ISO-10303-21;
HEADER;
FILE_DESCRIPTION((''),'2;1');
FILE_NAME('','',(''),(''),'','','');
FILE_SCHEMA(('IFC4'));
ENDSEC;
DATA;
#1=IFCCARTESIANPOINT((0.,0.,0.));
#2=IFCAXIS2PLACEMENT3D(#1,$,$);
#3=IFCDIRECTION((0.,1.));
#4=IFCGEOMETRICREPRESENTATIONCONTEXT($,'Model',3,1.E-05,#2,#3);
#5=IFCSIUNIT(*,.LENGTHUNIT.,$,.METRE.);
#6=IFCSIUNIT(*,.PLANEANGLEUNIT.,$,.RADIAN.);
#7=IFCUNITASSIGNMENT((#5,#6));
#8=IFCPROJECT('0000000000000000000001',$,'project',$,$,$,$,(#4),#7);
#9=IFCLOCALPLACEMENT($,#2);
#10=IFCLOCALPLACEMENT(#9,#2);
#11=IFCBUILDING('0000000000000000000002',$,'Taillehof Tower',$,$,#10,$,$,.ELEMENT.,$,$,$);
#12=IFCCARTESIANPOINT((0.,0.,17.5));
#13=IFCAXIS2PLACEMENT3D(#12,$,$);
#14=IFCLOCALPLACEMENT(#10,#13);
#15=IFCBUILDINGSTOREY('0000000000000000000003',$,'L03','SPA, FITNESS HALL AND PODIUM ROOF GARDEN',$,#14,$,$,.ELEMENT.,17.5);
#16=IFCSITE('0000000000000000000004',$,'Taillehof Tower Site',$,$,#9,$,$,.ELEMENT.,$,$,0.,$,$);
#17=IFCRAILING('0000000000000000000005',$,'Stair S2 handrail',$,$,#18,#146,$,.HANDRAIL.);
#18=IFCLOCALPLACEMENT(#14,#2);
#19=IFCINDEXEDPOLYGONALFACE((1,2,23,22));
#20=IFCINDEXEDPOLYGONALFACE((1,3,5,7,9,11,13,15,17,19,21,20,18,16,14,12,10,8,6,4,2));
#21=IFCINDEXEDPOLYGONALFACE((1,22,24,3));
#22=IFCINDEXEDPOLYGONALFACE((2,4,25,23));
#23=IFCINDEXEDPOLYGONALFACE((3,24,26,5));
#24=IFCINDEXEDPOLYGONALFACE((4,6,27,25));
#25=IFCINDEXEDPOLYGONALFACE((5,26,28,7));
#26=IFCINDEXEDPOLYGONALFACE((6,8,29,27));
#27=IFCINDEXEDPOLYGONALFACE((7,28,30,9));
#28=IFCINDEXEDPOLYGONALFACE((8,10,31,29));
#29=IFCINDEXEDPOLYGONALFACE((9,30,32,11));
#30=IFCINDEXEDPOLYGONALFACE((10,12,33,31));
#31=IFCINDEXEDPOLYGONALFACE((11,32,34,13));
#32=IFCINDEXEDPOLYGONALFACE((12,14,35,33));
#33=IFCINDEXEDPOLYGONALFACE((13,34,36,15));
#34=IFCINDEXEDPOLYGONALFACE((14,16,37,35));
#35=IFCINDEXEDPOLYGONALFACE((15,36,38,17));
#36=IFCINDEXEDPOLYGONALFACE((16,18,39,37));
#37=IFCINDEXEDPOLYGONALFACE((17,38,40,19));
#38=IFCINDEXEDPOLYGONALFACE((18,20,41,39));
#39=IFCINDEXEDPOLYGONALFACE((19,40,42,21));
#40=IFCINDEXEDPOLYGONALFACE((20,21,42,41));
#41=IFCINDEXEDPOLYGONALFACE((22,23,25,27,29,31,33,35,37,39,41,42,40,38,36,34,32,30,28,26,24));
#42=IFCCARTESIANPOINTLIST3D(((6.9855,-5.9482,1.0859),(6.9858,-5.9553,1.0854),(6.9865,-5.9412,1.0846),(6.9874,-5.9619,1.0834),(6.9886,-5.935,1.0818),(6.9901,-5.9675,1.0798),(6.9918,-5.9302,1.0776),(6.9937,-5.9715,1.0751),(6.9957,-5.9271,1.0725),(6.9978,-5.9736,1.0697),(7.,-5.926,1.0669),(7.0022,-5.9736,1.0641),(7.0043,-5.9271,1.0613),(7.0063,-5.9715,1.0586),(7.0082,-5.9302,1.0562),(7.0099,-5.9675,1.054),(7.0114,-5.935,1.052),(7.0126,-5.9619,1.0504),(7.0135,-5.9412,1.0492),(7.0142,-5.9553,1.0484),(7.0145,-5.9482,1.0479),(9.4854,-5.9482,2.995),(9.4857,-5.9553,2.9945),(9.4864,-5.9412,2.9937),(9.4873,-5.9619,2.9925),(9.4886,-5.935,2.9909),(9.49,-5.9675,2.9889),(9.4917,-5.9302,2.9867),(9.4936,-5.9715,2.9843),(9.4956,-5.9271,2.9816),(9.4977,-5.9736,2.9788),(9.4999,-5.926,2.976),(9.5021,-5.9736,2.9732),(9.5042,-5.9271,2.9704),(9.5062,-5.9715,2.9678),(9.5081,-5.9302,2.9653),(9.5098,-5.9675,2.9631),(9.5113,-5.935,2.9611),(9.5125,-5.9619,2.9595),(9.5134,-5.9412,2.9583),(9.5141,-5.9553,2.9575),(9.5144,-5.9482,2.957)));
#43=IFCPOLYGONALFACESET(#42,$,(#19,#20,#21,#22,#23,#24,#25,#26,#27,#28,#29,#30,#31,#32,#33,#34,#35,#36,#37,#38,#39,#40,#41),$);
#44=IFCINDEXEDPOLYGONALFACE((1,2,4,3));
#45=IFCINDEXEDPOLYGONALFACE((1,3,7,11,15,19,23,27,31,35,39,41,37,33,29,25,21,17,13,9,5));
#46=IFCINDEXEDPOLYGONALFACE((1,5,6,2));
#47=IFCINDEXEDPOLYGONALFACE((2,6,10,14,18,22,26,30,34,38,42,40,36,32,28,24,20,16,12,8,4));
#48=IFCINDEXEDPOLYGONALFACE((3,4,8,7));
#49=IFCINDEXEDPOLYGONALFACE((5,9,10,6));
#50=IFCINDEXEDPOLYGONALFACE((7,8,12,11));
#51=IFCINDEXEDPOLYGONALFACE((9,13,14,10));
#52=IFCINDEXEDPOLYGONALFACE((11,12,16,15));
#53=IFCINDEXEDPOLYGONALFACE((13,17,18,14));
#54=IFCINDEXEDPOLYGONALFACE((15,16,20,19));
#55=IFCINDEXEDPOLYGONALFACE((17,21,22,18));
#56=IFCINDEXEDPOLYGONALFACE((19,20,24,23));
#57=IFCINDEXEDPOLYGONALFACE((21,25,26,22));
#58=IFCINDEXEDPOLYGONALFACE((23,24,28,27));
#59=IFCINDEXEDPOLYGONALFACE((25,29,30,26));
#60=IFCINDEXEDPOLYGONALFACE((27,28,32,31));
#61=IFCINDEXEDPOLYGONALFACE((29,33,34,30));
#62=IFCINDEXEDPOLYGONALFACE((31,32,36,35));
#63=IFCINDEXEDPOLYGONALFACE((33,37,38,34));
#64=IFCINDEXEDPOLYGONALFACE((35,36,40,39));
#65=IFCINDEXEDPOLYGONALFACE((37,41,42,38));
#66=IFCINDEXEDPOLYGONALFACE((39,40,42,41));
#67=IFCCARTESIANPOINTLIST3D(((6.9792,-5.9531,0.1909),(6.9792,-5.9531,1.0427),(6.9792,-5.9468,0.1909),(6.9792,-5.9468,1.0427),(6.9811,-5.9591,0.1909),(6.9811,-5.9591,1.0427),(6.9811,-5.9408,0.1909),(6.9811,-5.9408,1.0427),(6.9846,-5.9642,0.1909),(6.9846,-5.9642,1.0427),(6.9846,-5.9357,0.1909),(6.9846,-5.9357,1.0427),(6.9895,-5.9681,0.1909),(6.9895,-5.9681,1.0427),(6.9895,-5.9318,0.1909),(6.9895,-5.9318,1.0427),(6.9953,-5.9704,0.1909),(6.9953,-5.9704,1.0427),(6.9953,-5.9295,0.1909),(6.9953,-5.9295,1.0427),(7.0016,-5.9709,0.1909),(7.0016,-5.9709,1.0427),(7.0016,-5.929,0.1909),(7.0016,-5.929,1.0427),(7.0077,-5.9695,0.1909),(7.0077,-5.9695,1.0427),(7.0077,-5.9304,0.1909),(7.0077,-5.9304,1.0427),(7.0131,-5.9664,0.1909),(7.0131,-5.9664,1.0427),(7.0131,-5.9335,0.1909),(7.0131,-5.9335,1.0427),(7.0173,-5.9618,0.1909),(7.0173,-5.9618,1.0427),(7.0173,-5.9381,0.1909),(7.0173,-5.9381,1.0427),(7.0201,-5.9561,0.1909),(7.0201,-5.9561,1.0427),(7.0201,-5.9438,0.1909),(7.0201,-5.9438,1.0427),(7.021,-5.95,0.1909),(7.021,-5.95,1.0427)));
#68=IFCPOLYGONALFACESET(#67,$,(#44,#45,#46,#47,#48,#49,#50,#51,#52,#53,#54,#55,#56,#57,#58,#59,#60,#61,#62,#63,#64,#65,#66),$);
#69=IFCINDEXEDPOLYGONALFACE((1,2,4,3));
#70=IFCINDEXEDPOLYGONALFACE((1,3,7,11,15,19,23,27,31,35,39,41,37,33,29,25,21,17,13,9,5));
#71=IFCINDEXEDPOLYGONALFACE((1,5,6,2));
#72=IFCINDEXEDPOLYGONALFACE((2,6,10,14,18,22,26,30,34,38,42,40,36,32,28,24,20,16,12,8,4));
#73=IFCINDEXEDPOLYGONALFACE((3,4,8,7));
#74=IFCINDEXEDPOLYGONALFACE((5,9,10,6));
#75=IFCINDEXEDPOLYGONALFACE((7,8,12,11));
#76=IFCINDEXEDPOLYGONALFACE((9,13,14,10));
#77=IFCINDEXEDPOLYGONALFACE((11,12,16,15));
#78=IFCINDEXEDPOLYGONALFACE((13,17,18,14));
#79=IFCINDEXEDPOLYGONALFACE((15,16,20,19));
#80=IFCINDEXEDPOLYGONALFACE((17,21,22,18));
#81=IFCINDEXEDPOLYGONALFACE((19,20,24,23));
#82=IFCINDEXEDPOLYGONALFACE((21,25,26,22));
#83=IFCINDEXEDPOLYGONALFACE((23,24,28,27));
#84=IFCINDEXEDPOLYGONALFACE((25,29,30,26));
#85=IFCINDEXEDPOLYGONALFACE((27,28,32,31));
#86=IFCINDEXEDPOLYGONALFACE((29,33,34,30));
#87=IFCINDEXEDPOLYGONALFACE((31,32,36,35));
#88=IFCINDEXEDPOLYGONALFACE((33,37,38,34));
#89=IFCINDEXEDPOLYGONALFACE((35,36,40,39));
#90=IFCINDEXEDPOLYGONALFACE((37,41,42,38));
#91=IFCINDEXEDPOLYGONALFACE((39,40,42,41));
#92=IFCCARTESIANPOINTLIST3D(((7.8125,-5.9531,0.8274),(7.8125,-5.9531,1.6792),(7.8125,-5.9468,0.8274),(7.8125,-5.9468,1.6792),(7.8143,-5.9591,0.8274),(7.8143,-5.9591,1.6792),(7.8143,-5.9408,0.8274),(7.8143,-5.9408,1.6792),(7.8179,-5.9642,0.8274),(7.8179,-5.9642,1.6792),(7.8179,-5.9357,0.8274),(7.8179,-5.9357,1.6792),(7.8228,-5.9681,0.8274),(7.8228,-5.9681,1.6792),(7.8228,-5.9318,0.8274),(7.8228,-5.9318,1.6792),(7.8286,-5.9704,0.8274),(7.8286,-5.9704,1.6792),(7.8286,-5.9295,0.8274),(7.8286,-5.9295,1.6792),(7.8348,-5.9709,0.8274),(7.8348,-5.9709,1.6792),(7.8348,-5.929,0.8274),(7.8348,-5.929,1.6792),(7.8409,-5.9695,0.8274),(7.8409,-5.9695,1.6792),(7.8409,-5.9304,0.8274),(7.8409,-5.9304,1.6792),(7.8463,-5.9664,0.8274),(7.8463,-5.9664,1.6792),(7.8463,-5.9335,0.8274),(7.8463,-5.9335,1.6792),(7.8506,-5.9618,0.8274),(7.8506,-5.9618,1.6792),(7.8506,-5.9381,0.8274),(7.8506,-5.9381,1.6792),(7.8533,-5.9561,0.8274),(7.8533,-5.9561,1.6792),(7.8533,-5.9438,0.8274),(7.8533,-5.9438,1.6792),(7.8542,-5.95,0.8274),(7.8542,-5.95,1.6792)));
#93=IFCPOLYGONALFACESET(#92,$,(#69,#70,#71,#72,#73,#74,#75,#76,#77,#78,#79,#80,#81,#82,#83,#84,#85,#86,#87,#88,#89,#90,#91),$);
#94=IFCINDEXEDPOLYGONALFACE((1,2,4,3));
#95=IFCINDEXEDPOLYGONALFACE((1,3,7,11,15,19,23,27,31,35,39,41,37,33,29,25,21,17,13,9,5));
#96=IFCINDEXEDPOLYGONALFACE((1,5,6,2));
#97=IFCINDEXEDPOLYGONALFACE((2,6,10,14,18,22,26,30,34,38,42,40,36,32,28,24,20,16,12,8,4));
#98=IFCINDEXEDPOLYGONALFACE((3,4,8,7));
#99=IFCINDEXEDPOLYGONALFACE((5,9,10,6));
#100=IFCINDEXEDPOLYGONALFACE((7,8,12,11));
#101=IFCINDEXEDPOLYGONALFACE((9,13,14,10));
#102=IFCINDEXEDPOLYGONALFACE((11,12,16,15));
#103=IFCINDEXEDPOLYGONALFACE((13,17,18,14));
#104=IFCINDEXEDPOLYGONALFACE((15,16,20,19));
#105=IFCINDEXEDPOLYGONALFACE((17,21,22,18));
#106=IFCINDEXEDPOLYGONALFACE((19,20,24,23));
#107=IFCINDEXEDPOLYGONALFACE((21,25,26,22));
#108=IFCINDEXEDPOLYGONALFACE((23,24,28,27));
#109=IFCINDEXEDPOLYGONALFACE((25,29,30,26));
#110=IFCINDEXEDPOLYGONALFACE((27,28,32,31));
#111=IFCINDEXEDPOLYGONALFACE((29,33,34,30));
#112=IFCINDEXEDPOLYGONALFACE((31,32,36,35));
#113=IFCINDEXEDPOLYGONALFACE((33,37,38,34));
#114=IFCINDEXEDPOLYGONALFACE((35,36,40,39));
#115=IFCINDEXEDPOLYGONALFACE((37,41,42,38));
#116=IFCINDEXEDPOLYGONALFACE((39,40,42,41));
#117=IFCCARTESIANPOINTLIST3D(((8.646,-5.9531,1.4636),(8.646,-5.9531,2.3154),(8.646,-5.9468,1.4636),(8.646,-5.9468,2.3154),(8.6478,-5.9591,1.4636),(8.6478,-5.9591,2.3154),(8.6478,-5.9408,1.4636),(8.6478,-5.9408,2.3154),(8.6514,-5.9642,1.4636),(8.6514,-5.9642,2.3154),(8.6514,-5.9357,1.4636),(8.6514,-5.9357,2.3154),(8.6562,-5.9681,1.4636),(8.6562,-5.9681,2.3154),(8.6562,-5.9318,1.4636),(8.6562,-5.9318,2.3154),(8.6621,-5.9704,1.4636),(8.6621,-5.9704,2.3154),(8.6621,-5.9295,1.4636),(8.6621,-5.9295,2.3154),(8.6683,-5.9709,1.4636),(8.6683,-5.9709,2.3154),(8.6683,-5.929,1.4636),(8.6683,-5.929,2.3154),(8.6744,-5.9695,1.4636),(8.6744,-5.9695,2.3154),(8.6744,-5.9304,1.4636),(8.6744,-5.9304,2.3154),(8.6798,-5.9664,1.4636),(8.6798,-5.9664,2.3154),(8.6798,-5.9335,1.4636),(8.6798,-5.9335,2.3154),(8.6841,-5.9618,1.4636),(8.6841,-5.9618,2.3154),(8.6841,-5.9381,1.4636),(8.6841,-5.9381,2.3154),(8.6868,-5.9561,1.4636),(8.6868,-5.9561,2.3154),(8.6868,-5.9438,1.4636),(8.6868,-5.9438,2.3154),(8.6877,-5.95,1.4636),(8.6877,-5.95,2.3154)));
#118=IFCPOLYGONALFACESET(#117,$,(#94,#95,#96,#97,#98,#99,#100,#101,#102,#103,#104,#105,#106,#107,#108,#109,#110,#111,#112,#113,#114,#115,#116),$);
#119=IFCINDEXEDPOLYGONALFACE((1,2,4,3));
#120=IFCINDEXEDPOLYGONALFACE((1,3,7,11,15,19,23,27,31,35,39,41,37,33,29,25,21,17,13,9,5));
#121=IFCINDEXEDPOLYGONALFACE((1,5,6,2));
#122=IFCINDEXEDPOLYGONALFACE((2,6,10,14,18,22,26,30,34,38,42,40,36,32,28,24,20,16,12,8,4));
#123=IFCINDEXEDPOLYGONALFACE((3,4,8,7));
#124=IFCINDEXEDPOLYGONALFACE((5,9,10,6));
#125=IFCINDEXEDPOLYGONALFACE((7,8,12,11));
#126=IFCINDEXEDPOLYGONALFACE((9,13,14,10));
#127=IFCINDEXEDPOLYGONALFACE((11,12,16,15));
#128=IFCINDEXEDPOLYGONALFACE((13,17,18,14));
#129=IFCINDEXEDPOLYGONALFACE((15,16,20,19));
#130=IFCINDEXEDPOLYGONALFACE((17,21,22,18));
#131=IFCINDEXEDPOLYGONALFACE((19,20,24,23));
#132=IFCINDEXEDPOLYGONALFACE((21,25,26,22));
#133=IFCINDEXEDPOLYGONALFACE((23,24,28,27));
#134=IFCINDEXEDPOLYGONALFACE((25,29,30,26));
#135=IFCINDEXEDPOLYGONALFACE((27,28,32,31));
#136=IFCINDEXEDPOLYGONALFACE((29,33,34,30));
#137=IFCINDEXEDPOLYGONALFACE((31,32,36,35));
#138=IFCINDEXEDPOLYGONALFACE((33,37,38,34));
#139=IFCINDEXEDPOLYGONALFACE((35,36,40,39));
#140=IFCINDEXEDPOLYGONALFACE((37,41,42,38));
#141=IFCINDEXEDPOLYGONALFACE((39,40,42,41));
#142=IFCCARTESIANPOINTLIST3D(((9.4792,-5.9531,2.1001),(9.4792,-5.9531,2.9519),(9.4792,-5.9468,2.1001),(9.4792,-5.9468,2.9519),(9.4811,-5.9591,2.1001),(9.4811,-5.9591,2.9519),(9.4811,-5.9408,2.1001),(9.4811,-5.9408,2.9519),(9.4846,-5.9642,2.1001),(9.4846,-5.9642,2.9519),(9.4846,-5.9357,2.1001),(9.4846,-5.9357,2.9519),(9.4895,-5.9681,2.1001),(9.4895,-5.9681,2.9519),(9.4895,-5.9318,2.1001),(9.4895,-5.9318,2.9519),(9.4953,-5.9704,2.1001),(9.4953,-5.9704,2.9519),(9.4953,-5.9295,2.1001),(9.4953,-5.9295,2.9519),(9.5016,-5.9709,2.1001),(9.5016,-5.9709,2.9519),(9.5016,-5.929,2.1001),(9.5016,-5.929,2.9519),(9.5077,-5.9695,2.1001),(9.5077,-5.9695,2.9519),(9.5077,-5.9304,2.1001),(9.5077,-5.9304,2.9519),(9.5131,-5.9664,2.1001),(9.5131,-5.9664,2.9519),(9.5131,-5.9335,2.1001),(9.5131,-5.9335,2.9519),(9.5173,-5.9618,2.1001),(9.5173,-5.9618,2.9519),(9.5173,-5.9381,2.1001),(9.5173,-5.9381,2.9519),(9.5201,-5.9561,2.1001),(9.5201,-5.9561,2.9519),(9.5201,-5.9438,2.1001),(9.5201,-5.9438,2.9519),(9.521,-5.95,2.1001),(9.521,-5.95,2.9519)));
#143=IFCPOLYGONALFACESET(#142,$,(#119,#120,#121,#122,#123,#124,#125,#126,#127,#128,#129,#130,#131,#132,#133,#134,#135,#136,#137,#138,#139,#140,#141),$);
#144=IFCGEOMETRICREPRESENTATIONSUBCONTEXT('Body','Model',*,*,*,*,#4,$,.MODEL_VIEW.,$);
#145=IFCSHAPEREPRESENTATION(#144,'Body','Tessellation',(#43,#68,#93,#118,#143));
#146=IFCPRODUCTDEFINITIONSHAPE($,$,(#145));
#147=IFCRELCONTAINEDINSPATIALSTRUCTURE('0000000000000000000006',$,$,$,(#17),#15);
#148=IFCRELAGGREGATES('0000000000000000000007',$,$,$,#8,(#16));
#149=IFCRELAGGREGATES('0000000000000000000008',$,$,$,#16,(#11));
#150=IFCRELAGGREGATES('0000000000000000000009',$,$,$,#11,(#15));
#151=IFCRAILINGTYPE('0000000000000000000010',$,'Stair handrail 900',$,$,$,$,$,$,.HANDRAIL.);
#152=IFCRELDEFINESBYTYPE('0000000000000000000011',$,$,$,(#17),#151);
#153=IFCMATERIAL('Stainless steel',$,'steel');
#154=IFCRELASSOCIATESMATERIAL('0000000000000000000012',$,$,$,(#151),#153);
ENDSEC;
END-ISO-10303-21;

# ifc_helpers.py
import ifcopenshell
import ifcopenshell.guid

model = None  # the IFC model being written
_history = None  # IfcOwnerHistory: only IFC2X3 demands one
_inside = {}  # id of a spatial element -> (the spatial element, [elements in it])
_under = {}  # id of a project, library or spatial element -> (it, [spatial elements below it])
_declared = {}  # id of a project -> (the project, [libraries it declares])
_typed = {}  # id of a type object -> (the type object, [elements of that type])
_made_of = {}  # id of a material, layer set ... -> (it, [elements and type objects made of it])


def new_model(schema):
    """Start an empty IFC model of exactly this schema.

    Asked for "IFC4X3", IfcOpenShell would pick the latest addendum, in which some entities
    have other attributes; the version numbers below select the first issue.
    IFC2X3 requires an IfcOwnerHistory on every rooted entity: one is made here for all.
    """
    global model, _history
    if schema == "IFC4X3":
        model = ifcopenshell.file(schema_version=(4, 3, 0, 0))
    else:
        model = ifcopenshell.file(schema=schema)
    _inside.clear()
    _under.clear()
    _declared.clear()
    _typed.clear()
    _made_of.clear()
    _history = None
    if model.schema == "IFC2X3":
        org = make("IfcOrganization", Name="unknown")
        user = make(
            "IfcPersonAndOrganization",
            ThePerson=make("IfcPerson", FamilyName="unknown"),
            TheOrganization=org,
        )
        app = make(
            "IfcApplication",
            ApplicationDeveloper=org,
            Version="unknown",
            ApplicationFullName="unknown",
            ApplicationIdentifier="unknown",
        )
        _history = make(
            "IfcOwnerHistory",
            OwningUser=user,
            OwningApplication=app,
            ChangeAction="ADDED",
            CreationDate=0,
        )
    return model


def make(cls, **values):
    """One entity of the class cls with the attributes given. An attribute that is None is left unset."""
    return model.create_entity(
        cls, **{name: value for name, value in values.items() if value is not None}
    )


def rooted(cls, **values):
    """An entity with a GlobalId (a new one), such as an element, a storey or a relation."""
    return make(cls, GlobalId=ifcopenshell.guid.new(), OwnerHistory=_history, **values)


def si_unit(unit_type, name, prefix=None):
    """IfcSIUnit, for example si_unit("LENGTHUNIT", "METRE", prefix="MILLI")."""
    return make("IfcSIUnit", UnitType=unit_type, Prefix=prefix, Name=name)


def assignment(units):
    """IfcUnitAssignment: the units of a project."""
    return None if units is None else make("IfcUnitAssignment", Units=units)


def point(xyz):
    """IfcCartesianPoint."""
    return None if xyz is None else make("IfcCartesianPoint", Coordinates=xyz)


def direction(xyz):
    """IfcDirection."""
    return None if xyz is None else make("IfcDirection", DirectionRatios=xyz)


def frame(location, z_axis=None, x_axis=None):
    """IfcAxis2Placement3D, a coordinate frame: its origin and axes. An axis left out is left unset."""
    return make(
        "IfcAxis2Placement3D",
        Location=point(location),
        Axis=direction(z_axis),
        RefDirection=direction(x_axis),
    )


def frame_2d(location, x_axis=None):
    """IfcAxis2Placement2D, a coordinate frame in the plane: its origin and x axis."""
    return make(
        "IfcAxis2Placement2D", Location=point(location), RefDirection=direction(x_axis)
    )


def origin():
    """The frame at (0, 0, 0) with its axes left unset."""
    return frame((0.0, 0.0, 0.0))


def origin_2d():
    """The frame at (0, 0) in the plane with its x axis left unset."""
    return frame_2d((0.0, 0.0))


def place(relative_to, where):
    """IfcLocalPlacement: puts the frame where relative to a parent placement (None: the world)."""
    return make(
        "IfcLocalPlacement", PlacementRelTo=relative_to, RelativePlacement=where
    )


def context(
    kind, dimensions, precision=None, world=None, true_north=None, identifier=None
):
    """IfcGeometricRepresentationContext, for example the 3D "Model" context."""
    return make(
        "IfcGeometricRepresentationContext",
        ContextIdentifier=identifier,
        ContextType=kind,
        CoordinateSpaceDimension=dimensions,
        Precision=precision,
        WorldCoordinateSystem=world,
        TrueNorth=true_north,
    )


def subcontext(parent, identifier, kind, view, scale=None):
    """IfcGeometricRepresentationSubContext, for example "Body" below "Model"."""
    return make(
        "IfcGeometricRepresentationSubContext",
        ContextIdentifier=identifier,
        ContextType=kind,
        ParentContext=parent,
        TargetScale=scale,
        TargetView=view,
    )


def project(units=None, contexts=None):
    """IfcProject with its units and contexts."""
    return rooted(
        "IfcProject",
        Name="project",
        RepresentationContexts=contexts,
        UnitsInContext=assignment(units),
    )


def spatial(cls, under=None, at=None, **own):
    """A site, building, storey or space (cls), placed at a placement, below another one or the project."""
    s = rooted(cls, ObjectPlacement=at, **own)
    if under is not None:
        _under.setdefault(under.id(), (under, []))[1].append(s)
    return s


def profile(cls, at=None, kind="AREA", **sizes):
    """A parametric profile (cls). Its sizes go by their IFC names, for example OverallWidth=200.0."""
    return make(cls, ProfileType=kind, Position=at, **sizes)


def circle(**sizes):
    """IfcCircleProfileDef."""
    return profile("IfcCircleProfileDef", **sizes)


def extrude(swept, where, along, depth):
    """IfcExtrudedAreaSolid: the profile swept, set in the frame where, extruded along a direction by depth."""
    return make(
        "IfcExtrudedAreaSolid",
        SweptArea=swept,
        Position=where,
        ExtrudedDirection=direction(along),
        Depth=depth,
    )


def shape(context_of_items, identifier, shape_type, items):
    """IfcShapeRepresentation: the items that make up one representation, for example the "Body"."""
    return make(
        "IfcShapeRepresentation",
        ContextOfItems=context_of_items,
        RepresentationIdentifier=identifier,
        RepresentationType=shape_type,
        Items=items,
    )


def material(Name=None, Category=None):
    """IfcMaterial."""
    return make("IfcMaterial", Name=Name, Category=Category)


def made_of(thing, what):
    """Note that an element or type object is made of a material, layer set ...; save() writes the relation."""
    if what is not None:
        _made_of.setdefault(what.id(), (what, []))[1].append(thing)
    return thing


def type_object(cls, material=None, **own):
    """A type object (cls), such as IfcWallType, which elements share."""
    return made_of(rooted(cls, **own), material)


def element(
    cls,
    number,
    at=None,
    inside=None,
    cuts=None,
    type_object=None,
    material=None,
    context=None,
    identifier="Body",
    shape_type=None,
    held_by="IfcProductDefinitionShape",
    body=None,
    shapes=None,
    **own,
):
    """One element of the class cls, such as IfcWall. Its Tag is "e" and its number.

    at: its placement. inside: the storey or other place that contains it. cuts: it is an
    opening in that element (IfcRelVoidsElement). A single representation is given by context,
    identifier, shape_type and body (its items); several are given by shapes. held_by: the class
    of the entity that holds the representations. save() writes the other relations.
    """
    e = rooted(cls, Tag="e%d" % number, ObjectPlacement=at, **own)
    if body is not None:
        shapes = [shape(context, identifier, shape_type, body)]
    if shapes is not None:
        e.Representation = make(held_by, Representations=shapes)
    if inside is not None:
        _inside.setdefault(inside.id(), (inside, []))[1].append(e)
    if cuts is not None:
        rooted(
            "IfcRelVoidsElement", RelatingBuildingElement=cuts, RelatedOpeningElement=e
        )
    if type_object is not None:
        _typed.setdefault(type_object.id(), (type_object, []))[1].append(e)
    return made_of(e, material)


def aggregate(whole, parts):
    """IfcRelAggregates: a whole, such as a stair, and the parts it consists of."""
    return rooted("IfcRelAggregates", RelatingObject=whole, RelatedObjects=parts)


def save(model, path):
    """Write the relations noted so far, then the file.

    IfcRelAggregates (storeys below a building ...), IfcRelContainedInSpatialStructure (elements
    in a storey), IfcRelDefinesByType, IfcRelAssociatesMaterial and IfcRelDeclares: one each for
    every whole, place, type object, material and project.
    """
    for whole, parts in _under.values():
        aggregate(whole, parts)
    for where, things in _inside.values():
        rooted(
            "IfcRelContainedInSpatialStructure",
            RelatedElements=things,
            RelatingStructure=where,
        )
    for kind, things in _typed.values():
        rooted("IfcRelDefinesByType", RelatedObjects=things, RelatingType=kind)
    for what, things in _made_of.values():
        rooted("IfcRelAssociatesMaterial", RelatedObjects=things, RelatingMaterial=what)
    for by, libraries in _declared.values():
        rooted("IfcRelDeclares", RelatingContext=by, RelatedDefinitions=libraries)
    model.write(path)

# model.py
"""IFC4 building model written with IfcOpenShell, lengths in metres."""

from ifc_helpers import new_model, si_unit, direction, frame, origin, origin_2d, place, context, subcontext, project, spatial, circle, extrude, material, type_object, element, save


model = new_model("IFC4")

# Units and contexts
model_context = context("Model", 3, precision=1e-05, world=origin(), true_north=direction((0.0, 1.0)))
body_context = subcontext(model_context, "Body", "Model", "MODEL_VIEW")
ifc_project = project(units=[si_unit("LENGTHUNIT", "METRE"), si_unit("PLANEANGLEUNIT", "RADIAN")], contexts=[model_context])

# Site, building, storey
site_placement = place(None, origin())
site = spatial("IfcSite", under=ifc_project, at=site_placement, Name="Taillehof Tower Site", CompositionType="ELEMENT", RefElevation=0.0)
building_placement = place(site_placement, origin())
building = spatial("IfcBuilding", under=site, at=building_placement, Name="Taillehof Tower", CompositionType="ELEMENT")
storey_placement = place(building_placement, frame((0.0, 0.0, 17.5)))
storey = spatial("IfcBuildingStorey", under=building, at=storey_placement, Name="L03", Description="SPA, FITNESS HALL AND PODIUM ROOF GARDEN", CompositionType="ELEMENT", Elevation=17.5)

# Railing
ifc_material_1 = material(Name="Stainless steel", Category="steel")
railing_type = type_object("IfcRailingType", Name="Stair handrail 900", PredefinedType="HANDRAIL", material=ifc_material_1)
railing_1_placement = place(storey_placement, frame((7.0, -5.95, 0.1909)))
element("IfcRailing", 1, at=railing_1_placement, inside=storey, type_object=railing_type, Name="Stair S2 handrail", PredefinedType="HANDRAIL", context=body_context, shape_type="SweptSolid", body=[
    extrude(circle(Radius=0.0239, at=origin_2d()), frame((0.0, 0.0, 0.876), z_axis=(0.794754, 0.0, 0.606931), x_axis=(0.0, 1.0, 0.0)), (0.0, 0.0, 1.0), 3.1455),
    extrude(circle(Radius=0.021, at=origin_2d()), origin(), (0.0, 0.0, 1.0), 0.8518),
    extrude(circle(Radius=0.021, at=origin_2d()), frame((0.8333, 0.0, 0.6365)), (0.0, 0.0, 1.0), 0.8518),
    extrude(circle(Radius=0.021, at=origin_2d()), frame((1.6667, 0.0, 1.2727)), (0.0, 0.0, 1.0), 0.8518),
    extrude(circle(Radius=0.021, at=origin_2d()), frame((2.5, 0.0, 1.9092)), (0.0, 0.0, 1.0), 0.8518),
])

save(model, "model.ifc")
